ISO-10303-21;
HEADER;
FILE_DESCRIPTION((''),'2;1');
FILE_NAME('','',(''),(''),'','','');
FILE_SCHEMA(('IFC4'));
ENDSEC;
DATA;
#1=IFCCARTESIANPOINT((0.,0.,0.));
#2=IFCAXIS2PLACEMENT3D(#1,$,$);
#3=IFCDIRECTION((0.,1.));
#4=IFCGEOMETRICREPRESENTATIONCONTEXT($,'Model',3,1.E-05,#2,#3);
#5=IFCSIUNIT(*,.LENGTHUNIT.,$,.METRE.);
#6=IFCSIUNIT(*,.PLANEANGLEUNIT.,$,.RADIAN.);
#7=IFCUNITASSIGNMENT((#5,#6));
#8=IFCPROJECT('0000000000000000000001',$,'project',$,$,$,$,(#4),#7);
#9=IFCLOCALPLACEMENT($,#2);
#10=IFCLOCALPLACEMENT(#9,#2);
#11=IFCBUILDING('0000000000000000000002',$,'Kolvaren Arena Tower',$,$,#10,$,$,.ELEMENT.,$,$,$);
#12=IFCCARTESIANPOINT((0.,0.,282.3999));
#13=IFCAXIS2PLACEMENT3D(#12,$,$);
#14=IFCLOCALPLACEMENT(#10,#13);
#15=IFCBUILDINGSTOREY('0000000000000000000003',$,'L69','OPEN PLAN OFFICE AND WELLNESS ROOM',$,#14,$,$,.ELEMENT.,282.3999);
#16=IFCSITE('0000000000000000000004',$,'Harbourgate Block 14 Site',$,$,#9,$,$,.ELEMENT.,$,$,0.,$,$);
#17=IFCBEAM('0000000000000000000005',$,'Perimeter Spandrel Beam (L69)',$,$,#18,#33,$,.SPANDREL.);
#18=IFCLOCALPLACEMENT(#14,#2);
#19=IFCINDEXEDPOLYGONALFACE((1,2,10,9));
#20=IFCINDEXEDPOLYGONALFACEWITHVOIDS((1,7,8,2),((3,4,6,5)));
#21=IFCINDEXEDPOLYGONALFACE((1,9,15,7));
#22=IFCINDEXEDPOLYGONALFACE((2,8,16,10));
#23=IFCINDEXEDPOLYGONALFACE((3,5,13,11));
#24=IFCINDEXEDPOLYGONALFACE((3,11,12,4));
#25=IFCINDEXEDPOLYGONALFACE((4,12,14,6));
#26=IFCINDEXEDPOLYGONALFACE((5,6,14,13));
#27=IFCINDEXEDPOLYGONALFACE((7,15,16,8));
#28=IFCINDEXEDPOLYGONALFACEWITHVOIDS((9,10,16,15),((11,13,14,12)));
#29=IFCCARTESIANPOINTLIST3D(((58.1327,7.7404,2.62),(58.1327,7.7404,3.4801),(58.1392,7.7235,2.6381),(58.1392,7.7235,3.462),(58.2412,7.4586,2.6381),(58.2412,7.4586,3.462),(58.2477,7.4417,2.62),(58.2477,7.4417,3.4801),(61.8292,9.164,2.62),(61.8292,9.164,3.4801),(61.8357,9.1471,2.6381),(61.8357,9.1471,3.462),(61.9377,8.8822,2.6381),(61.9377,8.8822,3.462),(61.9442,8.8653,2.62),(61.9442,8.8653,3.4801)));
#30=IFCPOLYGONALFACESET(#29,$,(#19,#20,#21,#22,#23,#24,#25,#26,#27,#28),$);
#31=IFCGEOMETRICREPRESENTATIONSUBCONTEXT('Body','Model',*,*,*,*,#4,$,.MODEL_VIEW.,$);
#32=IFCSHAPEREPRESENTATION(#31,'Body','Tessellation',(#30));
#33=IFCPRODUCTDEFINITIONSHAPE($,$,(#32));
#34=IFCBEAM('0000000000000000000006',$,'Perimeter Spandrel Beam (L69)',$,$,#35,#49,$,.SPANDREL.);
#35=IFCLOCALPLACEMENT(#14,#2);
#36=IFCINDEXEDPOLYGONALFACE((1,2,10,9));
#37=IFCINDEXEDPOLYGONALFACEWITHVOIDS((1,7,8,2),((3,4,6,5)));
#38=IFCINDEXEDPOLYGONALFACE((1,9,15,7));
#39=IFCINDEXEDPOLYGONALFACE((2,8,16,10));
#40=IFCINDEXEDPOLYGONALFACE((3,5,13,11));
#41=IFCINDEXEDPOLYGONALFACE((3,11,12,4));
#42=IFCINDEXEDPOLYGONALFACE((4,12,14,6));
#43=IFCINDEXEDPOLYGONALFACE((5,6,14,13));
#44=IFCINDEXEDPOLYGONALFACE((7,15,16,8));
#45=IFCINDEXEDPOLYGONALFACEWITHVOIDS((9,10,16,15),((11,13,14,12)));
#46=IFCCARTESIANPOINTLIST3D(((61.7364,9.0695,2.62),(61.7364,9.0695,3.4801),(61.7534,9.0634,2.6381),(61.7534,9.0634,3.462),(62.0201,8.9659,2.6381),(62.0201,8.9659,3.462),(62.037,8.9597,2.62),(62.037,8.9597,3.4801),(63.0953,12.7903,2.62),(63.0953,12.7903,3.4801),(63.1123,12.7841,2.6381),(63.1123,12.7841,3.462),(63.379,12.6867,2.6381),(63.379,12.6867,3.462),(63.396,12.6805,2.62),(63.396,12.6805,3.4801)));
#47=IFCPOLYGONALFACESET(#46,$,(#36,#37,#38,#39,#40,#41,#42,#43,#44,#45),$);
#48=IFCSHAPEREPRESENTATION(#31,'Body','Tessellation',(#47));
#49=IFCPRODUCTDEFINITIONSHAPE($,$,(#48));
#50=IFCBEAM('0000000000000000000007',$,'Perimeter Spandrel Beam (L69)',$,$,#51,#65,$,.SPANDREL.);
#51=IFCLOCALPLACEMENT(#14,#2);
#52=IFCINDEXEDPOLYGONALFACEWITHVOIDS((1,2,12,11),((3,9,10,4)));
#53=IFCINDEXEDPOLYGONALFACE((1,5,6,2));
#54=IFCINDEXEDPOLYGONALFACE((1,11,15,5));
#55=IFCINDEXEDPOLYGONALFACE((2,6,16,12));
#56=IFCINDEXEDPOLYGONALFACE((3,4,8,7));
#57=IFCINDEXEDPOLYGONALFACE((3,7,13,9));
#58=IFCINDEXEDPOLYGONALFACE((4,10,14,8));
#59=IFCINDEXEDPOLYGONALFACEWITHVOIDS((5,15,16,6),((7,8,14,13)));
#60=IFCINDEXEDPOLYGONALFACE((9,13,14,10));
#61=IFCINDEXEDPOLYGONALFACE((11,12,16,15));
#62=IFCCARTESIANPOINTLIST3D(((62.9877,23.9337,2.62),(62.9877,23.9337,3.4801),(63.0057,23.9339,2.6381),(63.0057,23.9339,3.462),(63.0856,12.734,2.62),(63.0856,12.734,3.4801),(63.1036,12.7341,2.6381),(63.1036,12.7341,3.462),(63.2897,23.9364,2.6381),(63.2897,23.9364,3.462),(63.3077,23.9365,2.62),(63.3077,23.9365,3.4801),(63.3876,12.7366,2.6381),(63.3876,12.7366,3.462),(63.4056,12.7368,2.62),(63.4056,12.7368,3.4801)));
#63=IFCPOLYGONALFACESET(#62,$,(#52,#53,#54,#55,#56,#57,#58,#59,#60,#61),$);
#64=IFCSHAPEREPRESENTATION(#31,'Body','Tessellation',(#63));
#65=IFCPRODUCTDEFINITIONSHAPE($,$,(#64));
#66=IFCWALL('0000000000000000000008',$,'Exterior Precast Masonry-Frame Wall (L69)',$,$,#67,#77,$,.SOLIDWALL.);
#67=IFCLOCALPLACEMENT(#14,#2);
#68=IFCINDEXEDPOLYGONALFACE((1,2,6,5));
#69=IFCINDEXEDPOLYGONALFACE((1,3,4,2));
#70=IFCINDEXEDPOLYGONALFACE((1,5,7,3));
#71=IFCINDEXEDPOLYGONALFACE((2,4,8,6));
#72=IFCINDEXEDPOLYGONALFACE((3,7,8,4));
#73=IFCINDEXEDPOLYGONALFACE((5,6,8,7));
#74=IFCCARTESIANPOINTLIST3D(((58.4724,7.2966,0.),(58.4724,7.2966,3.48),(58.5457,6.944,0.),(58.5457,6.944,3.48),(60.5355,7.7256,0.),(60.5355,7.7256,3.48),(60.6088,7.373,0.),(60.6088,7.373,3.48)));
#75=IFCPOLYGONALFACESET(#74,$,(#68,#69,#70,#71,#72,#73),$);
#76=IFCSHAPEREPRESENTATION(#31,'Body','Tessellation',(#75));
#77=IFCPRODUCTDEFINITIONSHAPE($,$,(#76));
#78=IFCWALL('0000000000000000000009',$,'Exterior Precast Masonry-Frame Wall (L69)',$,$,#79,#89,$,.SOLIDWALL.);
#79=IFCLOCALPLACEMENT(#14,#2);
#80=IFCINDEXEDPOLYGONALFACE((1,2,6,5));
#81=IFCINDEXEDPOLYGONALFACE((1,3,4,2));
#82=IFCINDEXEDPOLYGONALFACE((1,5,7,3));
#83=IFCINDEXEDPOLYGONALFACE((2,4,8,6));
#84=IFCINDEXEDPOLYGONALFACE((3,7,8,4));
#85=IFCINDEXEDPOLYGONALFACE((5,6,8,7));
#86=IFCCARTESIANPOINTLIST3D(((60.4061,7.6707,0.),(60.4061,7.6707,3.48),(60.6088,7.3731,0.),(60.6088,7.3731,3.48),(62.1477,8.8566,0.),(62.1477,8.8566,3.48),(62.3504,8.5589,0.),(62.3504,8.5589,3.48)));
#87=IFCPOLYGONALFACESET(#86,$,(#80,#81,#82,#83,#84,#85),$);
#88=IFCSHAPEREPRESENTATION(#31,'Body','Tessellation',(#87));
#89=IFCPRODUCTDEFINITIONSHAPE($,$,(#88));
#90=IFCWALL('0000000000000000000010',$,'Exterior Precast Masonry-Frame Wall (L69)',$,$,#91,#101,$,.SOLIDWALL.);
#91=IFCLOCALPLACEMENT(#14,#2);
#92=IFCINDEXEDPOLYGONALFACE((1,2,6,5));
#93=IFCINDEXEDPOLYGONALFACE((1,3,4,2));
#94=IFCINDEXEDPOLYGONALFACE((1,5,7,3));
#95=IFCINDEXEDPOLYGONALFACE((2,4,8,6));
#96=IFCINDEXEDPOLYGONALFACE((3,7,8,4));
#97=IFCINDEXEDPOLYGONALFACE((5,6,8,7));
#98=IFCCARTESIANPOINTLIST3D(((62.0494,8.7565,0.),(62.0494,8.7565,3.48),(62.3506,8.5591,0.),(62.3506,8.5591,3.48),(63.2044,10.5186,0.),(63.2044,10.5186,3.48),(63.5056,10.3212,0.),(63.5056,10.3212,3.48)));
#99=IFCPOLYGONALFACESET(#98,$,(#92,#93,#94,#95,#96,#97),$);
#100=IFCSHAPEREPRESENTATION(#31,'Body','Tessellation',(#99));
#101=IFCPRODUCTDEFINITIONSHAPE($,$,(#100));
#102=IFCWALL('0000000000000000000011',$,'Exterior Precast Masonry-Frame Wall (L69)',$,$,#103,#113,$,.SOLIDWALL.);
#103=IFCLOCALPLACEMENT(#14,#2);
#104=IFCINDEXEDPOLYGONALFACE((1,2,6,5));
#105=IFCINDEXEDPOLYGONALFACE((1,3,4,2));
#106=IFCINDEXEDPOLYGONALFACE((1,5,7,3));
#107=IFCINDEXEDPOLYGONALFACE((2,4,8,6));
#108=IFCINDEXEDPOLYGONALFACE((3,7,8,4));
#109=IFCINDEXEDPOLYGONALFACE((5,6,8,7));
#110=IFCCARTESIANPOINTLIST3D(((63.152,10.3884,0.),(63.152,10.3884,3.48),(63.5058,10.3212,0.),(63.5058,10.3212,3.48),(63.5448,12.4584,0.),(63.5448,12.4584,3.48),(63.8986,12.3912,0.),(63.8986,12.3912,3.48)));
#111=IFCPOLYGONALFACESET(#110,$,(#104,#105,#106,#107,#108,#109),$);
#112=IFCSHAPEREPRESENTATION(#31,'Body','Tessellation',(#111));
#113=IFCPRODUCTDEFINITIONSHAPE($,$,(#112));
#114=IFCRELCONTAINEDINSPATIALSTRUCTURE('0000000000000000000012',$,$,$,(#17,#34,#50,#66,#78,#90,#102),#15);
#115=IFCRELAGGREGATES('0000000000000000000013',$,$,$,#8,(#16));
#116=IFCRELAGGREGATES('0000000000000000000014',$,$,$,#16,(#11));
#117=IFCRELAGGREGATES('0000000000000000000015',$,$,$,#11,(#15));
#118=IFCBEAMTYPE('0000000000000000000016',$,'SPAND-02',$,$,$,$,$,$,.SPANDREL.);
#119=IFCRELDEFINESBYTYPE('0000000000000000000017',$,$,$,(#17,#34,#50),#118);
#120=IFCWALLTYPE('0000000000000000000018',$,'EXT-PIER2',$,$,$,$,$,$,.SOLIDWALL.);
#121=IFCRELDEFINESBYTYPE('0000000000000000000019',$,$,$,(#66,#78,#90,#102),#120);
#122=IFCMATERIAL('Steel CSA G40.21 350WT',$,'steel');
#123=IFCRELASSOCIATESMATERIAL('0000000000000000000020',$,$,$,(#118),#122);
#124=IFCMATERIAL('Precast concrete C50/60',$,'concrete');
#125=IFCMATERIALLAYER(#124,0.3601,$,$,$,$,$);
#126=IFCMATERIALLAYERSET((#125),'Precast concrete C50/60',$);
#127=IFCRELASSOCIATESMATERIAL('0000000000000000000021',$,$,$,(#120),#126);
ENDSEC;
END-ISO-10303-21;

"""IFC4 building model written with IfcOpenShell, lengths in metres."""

from ifc_helpers import new_model, si_unit, direction, frame, frame_2d, origin, origin_2d, place, context, subcontext, project, spatial, rectangle, hollow_rectangle, extrude, material, layer, layer_set, material_profile, profile_set, type_object, element, save


model = new_model("IFC4")

# Units and contexts
model_context = context("Model", 3, precision=1e-05, world=origin(), true_north=direction((0.0, 1.0)))
body_context = subcontext(model_context, "Body", "Model", "MODEL_VIEW")
ifc_project = project(units=[si_unit("LENGTHUNIT", "METRE"), si_unit("PLANEANGLEUNIT", "RADIAN")], contexts=[model_context])

# Site, building, storey
site_placement = place(None, origin())
site = spatial("IfcSite", under=ifc_project, at=site_placement, Name="Harbourgate Block 14 Site", CompositionType="ELEMENT", RefElevation=0.0)
building_placement = place(site_placement, origin())
building = spatial("IfcBuilding", under=site, at=building_placement, Name="Kolvaren Arena Tower", CompositionType="ELEMENT")
storey_placement = place(building_placement, frame((0.0, 0.0, 282.3999)))
storey = spatial("IfcBuildingStorey", under=building, at=storey_placement, Name="L69", Description="OPEN PLAN OFFICE AND WELLNESS ROOM", CompositionType="ELEMENT", Elevation=282.3999)

# Shared definitions
ifc_material_1 = material(Name="Precast concrete C50/60", Category="concrete")

# Beams
ifc_material_2 = material(Name="Steel CSA G40.21 350WT", Category="steel")
ifc_material_profile_1 = material_profile(ifc_material_2, hollow_rectangle(XDim=0.3201, YDim=0.8601, WallThickness=0.0181, at=origin_2d()), Name="HSS 860x320x18")
ifc_profile_set_1 = profile_set([ifc_material_profile_1], Name="Steel CSA G40.21 350WT")
beam_type_1 = type_object("IfcBeamType", Name="SPAND-02", PredefinedType="SPANDREL", material=ifc_profile_set_1)
for number, where, z_axis, x_axis, name in (
    (1, (58.1902, 7.5911, 3.05), (0.93319, 0.359384, 0.0), (-0.359384, 0.93319, 0.0), "Perimeter Spandrel Beam (L69)"),
    (2, (61.8867, 9.0146, 3.05), (0.343059, 0.939314, 0.0), (-0.939314, 0.343059, 0.0), "Perimeter Spandrel Beam (L69)"),
):
    element("IfcBeam", number, at=place(storey_placement, frame(where, z_axis=z_axis, x_axis=x_axis)), inside=storey, type_object=beam_type_1, Name=name, PredefinedType="SPANDREL", context=body_context, shape_type="SweptSolid", body=[
        extrude(hollow_rectangle(XDim=0.3201, YDim=0.8601, WallThickness=0.0181, at=origin_2d()), origin(), (0.0, 0.0, 1.0), 3.9612),
    ])
beam_1_placement = place(storey_placement, frame((63.2456, 12.7354, 3.05), z_axis=(-0.008741, 0.999962, 0.0), x_axis=(-0.999962, -0.008741, 0.0)))
element("IfcBeam", 3, at=beam_1_placement, inside=storey, type_object=beam_type_1, Name="Perimeter Spandrel Beam (L69)", PredefinedType="SPANDREL", context=body_context, shape_type="SweptSolid", body=[
    extrude(hollow_rectangle(XDim=0.3201, YDim=0.8601, WallThickness=0.0181, at=origin_2d()), origin(), (0.0, 0.0, 1.0), 11.2002),
])

# Walls
ifc_layer_1 = layer(ifc_material_1, 0.3601)
ifc_layer_set_1 = layer_set([ifc_layer_1], Name="Precast concrete C50/60")
wall_type_1 = type_object("IfcWallType", Name="EXT-PIER2", PredefinedType="SOLIDWALL", material=ifc_layer_set_1)
wall_1_placement = place(storey_placement, frame((60.5723, 7.5493, 0.0), z_axis=(0.0, 0.0, 1.0), x_axis=(-0.979059, -0.203575, 0.0)))
element("IfcWall", 4, at=wall_1_placement, inside=storey, type_object=wall_type_1, Name="Exterior Precast Masonry-Frame Wall (L69)", PredefinedType="SOLIDWALL", context=body_context, shape_type="SweptSolid", body=[
    extrude(rectangle(XDim=2.1072, YDim=0.3601, at=frame_2d((1.0537, 0.0))), origin(), (0.0, 0.0, 1.0), 3.48),
])
for number, where, z_axis, x_axis, name in (
    (5, (62.249, 8.7078, 0.0), (0.0, 0.0, 1.0), (-0.826573, -0.56283, 0.0), "Exterior Precast Masonry-Frame Wall (L69)"),
    (6, (63.355, 10.4199, 0.0), (0.0, 0.0, 1.0), (-0.548186, -0.836357, 0.0), "Exterior Precast Masonry-Frame Wall (L69)"),
    (7, (63.7217, 12.4248, 0.0), (0.0, 0.0, 1.0), (-0.186436, -0.982467, 0.0), "Exterior Precast Masonry-Frame Wall (L69)"),
):
    element("IfcWall", number, at=place(storey_placement, frame(where, z_axis=z_axis, x_axis=x_axis)), inside=storey, type_object=wall_type_1, Name=name, PredefinedType="SOLIDWALL", context=body_context, shape_type="SweptSolid", body=[
        extrude(rectangle(XDim=2.1069, YDim=0.3601, at=frame_2d((1.0535, 0.0))), origin(), (0.0, 0.0, 1.0), 3.48),
    ])

save(model, "model.ifc")
